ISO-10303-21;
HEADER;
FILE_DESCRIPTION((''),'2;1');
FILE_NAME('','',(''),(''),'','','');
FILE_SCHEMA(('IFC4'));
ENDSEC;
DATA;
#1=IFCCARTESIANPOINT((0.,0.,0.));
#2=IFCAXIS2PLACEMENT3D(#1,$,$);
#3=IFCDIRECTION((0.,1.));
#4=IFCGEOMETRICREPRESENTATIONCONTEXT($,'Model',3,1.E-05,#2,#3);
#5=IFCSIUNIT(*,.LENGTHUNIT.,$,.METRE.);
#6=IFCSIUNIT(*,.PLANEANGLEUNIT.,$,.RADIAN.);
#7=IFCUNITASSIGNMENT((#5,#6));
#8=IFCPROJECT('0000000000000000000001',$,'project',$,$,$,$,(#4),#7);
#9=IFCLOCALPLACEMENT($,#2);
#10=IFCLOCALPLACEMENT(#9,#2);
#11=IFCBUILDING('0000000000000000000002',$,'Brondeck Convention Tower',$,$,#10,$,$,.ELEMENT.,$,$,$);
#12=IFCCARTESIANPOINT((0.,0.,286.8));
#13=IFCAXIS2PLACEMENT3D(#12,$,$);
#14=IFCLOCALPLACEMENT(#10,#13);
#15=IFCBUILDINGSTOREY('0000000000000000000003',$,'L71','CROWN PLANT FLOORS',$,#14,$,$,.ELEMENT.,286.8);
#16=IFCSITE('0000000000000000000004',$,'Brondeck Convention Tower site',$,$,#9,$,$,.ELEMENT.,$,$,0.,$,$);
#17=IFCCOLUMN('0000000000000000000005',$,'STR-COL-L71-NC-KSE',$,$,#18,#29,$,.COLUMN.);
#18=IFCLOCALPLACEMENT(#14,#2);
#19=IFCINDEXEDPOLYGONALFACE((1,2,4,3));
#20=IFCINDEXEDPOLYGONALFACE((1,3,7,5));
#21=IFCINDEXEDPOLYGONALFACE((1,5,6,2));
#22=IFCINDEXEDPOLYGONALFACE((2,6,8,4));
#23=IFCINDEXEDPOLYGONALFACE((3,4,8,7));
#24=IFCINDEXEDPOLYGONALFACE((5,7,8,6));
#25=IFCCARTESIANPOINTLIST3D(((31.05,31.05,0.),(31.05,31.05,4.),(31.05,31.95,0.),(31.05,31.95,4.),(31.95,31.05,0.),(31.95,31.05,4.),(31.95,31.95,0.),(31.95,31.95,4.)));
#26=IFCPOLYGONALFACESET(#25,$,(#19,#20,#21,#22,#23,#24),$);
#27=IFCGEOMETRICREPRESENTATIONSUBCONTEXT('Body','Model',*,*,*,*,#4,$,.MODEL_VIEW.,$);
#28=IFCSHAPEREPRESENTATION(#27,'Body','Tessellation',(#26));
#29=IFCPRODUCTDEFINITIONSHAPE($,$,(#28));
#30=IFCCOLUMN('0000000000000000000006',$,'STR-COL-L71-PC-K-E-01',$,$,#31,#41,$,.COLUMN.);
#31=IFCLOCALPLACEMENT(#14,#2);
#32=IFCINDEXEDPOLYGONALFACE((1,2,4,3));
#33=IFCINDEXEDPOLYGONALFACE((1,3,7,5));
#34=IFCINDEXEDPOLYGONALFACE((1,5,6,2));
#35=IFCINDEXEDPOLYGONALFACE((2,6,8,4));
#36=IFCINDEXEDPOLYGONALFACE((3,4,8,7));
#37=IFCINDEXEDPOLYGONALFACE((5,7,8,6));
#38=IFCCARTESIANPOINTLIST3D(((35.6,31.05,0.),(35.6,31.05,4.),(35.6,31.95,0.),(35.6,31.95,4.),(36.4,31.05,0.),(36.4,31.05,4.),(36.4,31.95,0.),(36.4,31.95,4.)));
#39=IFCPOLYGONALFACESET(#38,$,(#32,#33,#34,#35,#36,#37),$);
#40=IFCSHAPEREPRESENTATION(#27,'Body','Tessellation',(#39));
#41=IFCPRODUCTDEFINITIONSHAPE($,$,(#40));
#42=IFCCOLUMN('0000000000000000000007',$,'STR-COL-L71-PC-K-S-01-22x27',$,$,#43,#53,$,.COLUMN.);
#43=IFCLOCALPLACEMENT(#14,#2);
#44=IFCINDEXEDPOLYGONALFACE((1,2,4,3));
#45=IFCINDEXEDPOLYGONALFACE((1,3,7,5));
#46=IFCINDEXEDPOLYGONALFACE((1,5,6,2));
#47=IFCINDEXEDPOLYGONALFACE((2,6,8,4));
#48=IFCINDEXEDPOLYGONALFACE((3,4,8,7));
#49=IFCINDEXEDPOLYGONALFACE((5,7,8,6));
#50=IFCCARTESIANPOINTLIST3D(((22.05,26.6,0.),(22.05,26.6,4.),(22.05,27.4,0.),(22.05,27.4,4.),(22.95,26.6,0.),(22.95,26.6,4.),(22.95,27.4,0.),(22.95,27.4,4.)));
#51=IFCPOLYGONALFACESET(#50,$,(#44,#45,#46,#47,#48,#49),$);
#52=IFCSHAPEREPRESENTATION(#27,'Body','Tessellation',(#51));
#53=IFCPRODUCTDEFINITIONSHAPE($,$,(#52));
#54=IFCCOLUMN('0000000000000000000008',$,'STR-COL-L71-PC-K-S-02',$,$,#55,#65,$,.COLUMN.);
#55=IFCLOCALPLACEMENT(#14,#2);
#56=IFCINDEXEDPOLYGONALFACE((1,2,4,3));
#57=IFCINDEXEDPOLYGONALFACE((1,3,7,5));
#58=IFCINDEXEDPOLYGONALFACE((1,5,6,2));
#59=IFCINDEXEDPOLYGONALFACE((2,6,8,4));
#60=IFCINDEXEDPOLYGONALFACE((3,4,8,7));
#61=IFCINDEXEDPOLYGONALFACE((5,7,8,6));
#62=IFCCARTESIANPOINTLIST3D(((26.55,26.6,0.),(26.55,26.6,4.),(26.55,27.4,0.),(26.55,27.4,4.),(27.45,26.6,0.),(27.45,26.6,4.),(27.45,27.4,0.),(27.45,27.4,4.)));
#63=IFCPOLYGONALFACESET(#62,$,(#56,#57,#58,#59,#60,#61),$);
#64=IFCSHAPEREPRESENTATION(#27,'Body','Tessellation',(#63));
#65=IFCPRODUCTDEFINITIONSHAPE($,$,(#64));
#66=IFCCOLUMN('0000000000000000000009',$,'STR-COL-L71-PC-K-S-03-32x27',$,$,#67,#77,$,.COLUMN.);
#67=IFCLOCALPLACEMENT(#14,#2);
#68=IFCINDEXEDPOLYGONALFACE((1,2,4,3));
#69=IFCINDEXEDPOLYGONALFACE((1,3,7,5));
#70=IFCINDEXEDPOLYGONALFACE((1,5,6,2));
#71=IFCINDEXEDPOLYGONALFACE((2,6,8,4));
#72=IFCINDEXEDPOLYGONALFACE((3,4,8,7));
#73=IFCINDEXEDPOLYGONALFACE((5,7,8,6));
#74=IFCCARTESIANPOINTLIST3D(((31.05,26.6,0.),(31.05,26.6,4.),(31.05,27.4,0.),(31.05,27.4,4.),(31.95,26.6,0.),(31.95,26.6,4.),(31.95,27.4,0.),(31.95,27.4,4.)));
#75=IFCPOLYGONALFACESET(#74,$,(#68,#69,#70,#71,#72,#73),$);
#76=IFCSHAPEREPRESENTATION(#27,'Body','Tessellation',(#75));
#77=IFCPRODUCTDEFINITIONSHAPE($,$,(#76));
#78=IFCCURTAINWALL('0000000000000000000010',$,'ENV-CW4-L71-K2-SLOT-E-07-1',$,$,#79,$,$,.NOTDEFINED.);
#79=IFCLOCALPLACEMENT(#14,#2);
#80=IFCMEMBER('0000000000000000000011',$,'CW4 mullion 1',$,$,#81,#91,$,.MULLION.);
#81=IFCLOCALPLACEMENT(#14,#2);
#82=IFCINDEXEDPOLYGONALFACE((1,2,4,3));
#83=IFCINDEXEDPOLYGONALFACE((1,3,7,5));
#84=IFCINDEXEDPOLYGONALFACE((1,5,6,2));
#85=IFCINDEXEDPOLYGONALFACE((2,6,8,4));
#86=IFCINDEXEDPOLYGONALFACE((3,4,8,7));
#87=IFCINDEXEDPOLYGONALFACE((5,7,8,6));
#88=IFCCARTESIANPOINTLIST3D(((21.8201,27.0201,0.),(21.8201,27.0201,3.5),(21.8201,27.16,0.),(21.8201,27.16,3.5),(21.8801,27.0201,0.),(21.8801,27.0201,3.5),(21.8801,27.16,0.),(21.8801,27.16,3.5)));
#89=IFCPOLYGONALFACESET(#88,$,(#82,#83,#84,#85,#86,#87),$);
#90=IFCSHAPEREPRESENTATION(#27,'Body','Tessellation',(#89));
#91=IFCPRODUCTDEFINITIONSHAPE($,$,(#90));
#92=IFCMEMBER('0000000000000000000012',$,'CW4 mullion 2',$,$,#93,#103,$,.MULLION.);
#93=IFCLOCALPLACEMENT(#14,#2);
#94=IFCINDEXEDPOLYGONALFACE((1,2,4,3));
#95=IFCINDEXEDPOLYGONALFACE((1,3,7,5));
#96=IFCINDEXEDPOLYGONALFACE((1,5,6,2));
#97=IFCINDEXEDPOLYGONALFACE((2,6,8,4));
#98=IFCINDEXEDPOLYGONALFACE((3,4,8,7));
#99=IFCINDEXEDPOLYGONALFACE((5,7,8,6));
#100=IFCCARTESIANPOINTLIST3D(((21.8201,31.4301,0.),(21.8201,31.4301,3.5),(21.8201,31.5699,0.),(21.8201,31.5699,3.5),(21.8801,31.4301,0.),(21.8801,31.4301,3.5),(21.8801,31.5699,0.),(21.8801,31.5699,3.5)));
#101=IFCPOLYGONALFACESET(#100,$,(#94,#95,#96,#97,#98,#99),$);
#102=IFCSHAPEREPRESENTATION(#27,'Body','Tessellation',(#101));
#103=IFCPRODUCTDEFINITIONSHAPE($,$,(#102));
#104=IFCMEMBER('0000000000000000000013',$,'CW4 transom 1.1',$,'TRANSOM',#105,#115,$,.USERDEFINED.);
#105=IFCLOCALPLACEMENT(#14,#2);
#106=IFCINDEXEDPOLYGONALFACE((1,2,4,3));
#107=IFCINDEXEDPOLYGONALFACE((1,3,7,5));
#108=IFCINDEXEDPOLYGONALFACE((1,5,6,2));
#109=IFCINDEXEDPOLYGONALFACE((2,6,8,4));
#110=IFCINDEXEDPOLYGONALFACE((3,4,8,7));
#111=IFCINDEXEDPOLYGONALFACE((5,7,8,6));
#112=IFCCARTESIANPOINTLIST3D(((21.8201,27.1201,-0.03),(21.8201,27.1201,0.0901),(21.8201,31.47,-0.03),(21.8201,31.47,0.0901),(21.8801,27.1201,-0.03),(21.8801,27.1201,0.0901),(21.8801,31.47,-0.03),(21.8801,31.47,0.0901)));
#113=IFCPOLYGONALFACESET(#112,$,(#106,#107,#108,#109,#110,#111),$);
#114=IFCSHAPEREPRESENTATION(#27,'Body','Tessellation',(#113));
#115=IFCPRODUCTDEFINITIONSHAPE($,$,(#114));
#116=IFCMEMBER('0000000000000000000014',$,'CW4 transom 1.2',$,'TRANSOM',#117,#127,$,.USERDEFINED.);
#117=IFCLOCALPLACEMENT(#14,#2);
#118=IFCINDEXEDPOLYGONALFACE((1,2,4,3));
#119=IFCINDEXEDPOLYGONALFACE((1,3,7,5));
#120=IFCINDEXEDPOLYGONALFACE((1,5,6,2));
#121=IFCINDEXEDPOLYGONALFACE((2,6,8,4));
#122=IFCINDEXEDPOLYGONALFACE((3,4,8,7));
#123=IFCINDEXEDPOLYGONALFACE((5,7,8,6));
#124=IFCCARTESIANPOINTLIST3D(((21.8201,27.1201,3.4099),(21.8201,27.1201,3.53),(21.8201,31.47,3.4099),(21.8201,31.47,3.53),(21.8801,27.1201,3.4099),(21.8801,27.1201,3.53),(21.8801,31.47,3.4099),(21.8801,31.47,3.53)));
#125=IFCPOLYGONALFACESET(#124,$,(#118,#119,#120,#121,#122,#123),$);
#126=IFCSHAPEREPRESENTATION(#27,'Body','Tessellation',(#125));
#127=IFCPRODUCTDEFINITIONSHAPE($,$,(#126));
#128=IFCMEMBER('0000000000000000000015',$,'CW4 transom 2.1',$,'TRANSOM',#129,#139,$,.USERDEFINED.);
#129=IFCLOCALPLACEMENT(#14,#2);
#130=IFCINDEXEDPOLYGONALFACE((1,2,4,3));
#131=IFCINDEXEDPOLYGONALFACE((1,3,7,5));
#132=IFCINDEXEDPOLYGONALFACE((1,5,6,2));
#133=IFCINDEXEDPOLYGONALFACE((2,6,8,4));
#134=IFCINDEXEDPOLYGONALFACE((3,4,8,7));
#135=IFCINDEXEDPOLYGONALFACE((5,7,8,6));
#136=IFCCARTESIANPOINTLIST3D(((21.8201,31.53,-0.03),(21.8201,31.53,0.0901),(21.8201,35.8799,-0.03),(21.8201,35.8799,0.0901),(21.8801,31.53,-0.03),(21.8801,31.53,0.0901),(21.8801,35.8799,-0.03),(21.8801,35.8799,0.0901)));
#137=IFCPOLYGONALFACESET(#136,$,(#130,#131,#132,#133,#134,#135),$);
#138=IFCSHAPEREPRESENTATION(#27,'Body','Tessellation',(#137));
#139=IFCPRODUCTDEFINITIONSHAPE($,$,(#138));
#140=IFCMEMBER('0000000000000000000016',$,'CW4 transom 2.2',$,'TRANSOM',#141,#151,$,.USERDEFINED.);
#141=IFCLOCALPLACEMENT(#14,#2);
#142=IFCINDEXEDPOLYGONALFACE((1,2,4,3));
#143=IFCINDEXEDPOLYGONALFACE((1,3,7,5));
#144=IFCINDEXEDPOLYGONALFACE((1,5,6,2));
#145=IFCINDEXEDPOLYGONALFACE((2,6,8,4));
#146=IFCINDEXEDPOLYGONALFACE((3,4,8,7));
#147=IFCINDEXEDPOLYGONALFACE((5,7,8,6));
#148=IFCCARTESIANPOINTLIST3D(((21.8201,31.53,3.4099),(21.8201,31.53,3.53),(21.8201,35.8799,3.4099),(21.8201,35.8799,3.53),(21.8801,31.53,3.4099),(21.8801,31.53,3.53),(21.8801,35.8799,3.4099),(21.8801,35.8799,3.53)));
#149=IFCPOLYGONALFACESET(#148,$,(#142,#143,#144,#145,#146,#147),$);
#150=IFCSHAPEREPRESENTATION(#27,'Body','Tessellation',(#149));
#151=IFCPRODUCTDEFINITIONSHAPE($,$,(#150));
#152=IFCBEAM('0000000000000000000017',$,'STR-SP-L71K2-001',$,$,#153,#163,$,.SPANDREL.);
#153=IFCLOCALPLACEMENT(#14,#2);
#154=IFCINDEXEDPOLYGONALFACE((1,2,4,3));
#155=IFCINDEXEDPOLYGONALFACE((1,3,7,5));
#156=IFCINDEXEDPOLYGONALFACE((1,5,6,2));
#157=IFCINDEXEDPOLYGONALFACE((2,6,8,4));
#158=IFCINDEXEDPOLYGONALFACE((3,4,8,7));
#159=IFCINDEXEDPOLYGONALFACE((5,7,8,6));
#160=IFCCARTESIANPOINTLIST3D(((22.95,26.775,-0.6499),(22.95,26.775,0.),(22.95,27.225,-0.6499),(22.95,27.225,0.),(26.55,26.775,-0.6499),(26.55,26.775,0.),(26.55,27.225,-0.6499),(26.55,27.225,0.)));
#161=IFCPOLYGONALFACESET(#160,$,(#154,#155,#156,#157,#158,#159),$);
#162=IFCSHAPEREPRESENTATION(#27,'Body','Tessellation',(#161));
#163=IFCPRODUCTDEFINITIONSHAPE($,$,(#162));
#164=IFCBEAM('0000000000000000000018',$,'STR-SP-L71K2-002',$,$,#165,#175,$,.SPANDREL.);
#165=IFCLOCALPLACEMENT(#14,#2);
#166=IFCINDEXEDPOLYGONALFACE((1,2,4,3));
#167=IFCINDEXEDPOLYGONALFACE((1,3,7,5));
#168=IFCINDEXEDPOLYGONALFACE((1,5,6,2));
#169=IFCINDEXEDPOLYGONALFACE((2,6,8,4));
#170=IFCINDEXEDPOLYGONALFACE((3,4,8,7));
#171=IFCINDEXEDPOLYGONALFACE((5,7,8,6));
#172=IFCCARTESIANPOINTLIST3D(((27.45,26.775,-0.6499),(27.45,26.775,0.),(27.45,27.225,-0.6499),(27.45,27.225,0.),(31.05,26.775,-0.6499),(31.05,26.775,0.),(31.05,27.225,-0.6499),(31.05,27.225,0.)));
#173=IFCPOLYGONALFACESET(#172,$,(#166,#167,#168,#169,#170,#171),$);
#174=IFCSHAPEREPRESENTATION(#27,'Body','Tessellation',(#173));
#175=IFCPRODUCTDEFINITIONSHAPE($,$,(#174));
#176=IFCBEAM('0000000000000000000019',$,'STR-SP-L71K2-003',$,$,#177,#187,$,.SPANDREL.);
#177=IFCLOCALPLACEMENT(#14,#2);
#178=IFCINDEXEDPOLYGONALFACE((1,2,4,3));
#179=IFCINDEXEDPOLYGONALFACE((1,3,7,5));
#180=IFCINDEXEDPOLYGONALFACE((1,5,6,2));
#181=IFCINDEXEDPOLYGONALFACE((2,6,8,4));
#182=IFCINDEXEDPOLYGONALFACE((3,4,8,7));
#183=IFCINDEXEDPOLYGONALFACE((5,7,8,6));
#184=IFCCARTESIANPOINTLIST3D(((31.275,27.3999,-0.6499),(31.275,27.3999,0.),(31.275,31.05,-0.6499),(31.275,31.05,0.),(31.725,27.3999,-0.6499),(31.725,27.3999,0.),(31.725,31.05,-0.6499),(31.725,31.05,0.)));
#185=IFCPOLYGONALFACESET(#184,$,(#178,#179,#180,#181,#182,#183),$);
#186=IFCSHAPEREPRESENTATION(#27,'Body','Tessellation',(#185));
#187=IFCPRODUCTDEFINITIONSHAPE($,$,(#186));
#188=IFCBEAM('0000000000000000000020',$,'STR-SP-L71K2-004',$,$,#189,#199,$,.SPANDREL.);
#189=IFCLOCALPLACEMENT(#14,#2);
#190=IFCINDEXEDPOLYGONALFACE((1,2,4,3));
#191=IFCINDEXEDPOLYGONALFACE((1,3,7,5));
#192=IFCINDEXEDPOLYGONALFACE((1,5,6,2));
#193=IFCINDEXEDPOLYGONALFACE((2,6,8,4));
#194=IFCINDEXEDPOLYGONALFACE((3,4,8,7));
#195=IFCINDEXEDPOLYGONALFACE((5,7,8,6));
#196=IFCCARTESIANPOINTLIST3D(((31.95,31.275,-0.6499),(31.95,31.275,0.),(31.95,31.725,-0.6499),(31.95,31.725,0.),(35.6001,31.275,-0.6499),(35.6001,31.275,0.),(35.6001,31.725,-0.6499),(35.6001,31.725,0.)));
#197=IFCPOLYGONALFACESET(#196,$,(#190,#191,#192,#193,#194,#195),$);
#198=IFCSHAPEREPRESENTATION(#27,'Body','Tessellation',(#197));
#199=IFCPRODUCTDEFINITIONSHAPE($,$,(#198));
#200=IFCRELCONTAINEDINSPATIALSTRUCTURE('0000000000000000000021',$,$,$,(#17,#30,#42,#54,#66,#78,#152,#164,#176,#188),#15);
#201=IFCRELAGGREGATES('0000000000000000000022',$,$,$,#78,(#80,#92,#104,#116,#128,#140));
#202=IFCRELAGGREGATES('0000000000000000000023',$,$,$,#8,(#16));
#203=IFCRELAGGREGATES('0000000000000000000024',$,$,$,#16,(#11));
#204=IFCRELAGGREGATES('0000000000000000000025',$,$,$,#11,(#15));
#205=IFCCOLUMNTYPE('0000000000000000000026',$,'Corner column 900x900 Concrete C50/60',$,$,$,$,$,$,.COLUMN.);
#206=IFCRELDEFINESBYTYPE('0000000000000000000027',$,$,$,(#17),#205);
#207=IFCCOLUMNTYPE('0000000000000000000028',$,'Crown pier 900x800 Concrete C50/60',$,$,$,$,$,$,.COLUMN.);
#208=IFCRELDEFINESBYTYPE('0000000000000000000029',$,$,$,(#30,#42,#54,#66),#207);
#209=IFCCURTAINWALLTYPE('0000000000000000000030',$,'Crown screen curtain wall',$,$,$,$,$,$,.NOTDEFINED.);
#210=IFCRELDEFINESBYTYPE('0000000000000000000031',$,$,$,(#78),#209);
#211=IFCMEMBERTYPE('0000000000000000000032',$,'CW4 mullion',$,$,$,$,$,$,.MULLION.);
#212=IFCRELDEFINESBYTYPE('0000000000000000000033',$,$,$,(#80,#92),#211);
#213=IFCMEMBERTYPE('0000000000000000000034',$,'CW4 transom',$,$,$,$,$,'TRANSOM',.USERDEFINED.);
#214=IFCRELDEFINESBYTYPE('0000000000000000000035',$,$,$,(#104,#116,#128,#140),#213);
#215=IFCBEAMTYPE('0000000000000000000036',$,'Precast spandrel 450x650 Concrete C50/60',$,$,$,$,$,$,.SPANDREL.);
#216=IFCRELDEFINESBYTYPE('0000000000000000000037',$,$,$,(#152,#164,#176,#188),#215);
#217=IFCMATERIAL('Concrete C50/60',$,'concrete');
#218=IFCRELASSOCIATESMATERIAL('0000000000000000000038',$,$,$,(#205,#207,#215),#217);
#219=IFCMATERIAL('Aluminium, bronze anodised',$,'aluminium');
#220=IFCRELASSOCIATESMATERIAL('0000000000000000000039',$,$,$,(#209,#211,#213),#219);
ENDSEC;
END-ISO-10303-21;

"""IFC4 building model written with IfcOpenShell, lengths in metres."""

from ifc_helpers import new_model, si_unit, direction, frame, origin, origin_2d, place, context, subcontext, project, spatial, rectangle, extrude, material, material_profile, profile_set, type_object, element, aggregate, save


model = new_model("IFC4")

# Units and contexts
model_context = context("Model", 3, precision=1e-05, world=origin(), true_north=direction((0.0, 1.0)))
body_context = subcontext(model_context, "Body", "Model", "MODEL_VIEW")
ifc_project = project(units=[si_unit("LENGTHUNIT", "METRE"), si_unit("PLANEANGLEUNIT", "RADIAN")], contexts=[model_context])

# Site, building, storey
site_placement = place(None, origin())
site = spatial("IfcSite", under=ifc_project, at=site_placement, Name="Brondeck Convention Tower site", CompositionType="ELEMENT", RefElevation=0.0)
building_placement = place(site_placement, origin())
building = spatial("IfcBuilding", under=site, at=building_placement, Name="Brondeck Convention Tower", CompositionType="ELEMENT")
storey_placement = place(building_placement, frame((0.0, 0.0, 286.8)))
storey = spatial("IfcBuildingStorey", under=building, at=storey_placement, Name="L71", Description="CROWN PLANT FLOORS", CompositionType="ELEMENT", Elevation=286.8)

# Columns
ifc_material_1 = material(Name="Concrete C50/60", Category="concrete")
ifc_material_profile_1 = material_profile(ifc_material_1, rectangle(XDim=0.8999, YDim=0.8999, at=origin_2d()), Name="Corner column 900x900 Concrete C50/60")
ifc_profile_set_1 = profile_set([ifc_material_profile_1], Name="Concrete C50/60")
column_type_1 = type_object("IfcColumnType", Name="Corner column 900x900 Concrete C50/60", PredefinedType="COLUMN", material=ifc_profile_set_1)
column_placement = place(storey_placement, frame((31.5, 31.5, 0.0), z_axis=(0.0, 0.0, 1.0), x_axis=(1.0, 0.0, 0.0)))
element("IfcColumn", 1, at=column_placement, inside=storey, type_object=column_type_1, Name="STR-COL-L71-NC-KSE", PredefinedType="COLUMN", context=body_context, shape_type="SweptSolid", body=[
    extrude(rectangle(XDim=0.8999, YDim=0.8999, at=origin_2d()), origin(), (0.0, 0.0, 1.0), 4.0),
])
ifc_material_profile_2 = material_profile(ifc_material_1, rectangle(XDim=0.8999, YDim=0.8, at=origin_2d()), Name="Crown pier 900x800 Concrete C50/60")
ifc_profile_set_2 = profile_set([ifc_material_profile_2], Name="Concrete C50/60")
column_type_2 = type_object("IfcColumnType", Name="Crown pier 900x800 Concrete C50/60", PredefinedType="COLUMN", material=ifc_profile_set_2)
for number, where, z_axis, x_axis, name in (
    (2, (36.0, 31.5, 0.0), (0.0, 0.0, 1.0), (0.0, 1.0, 0.0), "STR-COL-L71-PC-K-E-01"),
    (3, (22.5, 27.0, 0.0), (0.0, 0.0, 1.0), (1.0, 0.0, 0.0), "STR-COL-L71-PC-K-S-01-22x27"),
    (4, (27.0, 27.0, 0.0), (0.0, 0.0, 1.0), (1.0, 0.0, 0.0), "STR-COL-L71-PC-K-S-02"),
    (5, (31.5, 27.0, 0.0), (0.0, 0.0, 1.0), (1.0, 0.0, 0.0), "STR-COL-L71-PC-K-S-03-32x27"),
):
    element("IfcColumn", number, at=place(storey_placement, frame(where, z_axis=z_axis, x_axis=x_axis)), inside=storey, type_object=column_type_2, Name=name, PredefinedType="COLUMN", context=body_context, shape_type="SweptSolid", body=[
        extrude(rectangle(XDim=0.8999, YDim=0.8, at=origin_2d()), origin(), (0.0, 0.0, 1.0), 4.0),
    ])

# Curtain wall, members
ifc_material_2 = material(Name="Aluminium, bronze anodised", Category="aluminium")
curtain_wall_type = type_object("IfcCurtainWallType", Name="Crown screen curtain wall", PredefinedType="NOTDEFINED", material=ifc_material_2)
curtain_wall_placement = place(storey_placement, origin())
curtain_wall = element("IfcCurtainWall", 6, at=curtain_wall_placement, inside=storey, type_object=curtain_wall_type, Name="ENV-CW4-L71-K2-SLOT-E-07-1", PredefinedType="NOTDEFINED")
ifc_material_profile_3 = material_profile(ifc_material_2, rectangle(XDim=0.0601, YDim=0.1399, at=origin_2d()), Name="CW4 mullion")
ifc_profile_set_3 = profile_set([ifc_material_profile_3], Name="Aluminium, bronze anodised")
member_type_1 = type_object("IfcMemberType", Name="CW4 mullion", PredefinedType="MULLION", material=ifc_profile_set_3)
member_1_placement = place(storey_placement, frame((21.8501, 27.0901, 0.0), z_axis=(0.0, 0.0, 1.0), x_axis=(-1.0, 0.0, 0.0)))
member_1 = element("IfcMember", 7, at=member_1_placement, type_object=member_type_1, Name="CW4 mullion 1", PredefinedType="MULLION", context=body_context, shape_type="SweptSolid", body=[
    extrude(rectangle(XDim=0.0601, YDim=0.1399, at=origin_2d()), origin(), (0.0, 0.0, 1.0), 3.5),
])
member_2_placement = place(storey_placement, frame((21.8501, 31.5, 0.0), z_axis=(0.0, 0.0, 1.0), x_axis=(-1.0, 0.0, 0.0)))
member_2 = element("IfcMember", 8, at=member_2_placement, type_object=member_type_1, Name="CW4 mullion 2", PredefinedType="MULLION", context=body_context, shape_type="SweptSolid", body=[
    extrude(rectangle(XDim=0.0601, YDim=0.1399, at=origin_2d()), origin(), (0.0, 0.0, 1.0), 3.5),
])
ifc_material_profile_4 = material_profile(ifc_material_2, rectangle(XDim=0.0601, YDim=0.1201, at=origin_2d()), Name="CW4 transom")
ifc_profile_set_4 = profile_set([ifc_material_profile_4], Name="Aluminium, bronze anodised")
member_type_2 = type_object("IfcMemberType", Name="CW4 transom", ElementType="TRANSOM", PredefinedType="USERDEFINED", material=ifc_profile_set_4)
member_3_placement = place(storey_placement, frame((21.8501, 27.1201, 0.03), z_axis=(0.0, 1.0, 0.0), x_axis=(-1.0, 0.0, 0.0)))
member_3 = element("IfcMember", 9, at=member_3_placement, type_object=member_type_2, Name="CW4 transom 1.1", ObjectType="TRANSOM", PredefinedType="USERDEFINED", context=body_context, shape_type="SweptSolid", body=[
    extrude(rectangle(XDim=0.0601, YDim=0.1201, at=origin_2d()), origin(), (0.0, 0.0, 1.0), 4.3499),
])
member_4_placement = place(storey_placement, frame((21.8501, 27.1201, 3.47), z_axis=(0.0, 1.0, 0.0), x_axis=(-1.0, 0.0, 0.0)))
member_4 = element("IfcMember", 10, at=member_4_placement, type_object=member_type_2, Name="CW4 transom 1.2", ObjectType="TRANSOM", PredefinedType="USERDEFINED", context=body_context, shape_type="SweptSolid", body=[
    extrude(rectangle(XDim=0.0601, YDim=0.1201, at=origin_2d()), origin(), (0.0, 0.0, 1.0), 4.3499),
])
member_5_placement = place(storey_placement, frame((21.8501, 31.53, 0.03), z_axis=(0.0, 1.0, 0.0), x_axis=(-1.0, 0.0, 0.0)))
member_5 = element("IfcMember", 11, at=member_5_placement, type_object=member_type_2, Name="CW4 transom 2.1", ObjectType="TRANSOM", PredefinedType="USERDEFINED", context=body_context, shape_type="SweptSolid", body=[
    extrude(rectangle(XDim=0.0601, YDim=0.1201, at=origin_2d()), origin(), (0.0, 0.0, 1.0), 4.3499),
])
member_6_placement = place(storey_placement, frame((21.8501, 31.53, 3.47), z_axis=(0.0, 1.0, 0.0), x_axis=(-1.0, 0.0, 0.0)))
member_6 = element("IfcMember", 12, at=member_6_placement, type_object=member_type_2, Name="CW4 transom 2.2", ObjectType="TRANSOM", PredefinedType="USERDEFINED", context=body_context, shape_type="SweptSolid", body=[
    extrude(rectangle(XDim=0.0601, YDim=0.1201, at=origin_2d()), origin(), (0.0, 0.0, 1.0), 4.3499),
])

# Beams
ifc_material_profile_5 = material_profile(ifc_material_1, rectangle(XDim=0.45, YDim=0.6499, at=origin_2d()), Name="Precast spandrel 450x650 Concrete C50/60")
ifc_profile_set_5 = profile_set([ifc_material_profile_5], Name="Concrete C50/60")
beam_type = type_object("IfcBeamType", Name="Precast spandrel 450x650 Concrete C50/60", PredefinedType="SPANDREL", material=ifc_profile_set_5)
for number, where, z_axis, x_axis, name in (
    (13, (22.95, 27.0, -0.325), (1.0, 0.0, 0.0), (0.0, 1.0, 0.0), "STR-SP-L71K2-001"),
    (14, (27.45, 27.0, -0.325), (1.0, 0.0, 0.0), (0.0, 1.0, 0.0), "STR-SP-L71K2-002"),
):
    element("IfcBeam", number, at=place(storey_placement, frame(where, z_axis=z_axis, x_axis=x_axis)), inside=storey, type_object=beam_type, Name=name, PredefinedType="SPANDREL", context=body_context, shape_type="SweptSolid", body=[
        extrude(rectangle(XDim=0.45, YDim=0.6499, at=origin_2d()), origin(), (0.0, 0.0, 1.0), 3.6001),
    ])
for number, where, z_axis, x_axis, name in (
    (15, (31.5, 27.3999, -0.325), (0.0, 1.0, 0.0), (-1.0, 0.0, 0.0), "STR-SP-L71K2-003"),
    (16, (31.95, 31.5, -0.325), (1.0, 0.0, 0.0), (0.0, 1.0, 0.0), "STR-SP-L71K2-004"),
):
    element("IfcBeam", number, at=place(storey_placement, frame(where, z_axis=z_axis, x_axis=x_axis)), inside=storey, type_object=beam_type, Name=name, PredefinedType="SPANDREL", context=body_context, shape_type="SweptSolid", body=[
        extrude(rectangle(XDim=0.45, YDim=0.6499, at=origin_2d()), origin(), (0.0, 0.0, 1.0), 3.6501),
    ])

aggregate(curtain_wall, [member_1, member_2, member_3, member_4, member_5, member_6])

save(model, "model.ifc")
